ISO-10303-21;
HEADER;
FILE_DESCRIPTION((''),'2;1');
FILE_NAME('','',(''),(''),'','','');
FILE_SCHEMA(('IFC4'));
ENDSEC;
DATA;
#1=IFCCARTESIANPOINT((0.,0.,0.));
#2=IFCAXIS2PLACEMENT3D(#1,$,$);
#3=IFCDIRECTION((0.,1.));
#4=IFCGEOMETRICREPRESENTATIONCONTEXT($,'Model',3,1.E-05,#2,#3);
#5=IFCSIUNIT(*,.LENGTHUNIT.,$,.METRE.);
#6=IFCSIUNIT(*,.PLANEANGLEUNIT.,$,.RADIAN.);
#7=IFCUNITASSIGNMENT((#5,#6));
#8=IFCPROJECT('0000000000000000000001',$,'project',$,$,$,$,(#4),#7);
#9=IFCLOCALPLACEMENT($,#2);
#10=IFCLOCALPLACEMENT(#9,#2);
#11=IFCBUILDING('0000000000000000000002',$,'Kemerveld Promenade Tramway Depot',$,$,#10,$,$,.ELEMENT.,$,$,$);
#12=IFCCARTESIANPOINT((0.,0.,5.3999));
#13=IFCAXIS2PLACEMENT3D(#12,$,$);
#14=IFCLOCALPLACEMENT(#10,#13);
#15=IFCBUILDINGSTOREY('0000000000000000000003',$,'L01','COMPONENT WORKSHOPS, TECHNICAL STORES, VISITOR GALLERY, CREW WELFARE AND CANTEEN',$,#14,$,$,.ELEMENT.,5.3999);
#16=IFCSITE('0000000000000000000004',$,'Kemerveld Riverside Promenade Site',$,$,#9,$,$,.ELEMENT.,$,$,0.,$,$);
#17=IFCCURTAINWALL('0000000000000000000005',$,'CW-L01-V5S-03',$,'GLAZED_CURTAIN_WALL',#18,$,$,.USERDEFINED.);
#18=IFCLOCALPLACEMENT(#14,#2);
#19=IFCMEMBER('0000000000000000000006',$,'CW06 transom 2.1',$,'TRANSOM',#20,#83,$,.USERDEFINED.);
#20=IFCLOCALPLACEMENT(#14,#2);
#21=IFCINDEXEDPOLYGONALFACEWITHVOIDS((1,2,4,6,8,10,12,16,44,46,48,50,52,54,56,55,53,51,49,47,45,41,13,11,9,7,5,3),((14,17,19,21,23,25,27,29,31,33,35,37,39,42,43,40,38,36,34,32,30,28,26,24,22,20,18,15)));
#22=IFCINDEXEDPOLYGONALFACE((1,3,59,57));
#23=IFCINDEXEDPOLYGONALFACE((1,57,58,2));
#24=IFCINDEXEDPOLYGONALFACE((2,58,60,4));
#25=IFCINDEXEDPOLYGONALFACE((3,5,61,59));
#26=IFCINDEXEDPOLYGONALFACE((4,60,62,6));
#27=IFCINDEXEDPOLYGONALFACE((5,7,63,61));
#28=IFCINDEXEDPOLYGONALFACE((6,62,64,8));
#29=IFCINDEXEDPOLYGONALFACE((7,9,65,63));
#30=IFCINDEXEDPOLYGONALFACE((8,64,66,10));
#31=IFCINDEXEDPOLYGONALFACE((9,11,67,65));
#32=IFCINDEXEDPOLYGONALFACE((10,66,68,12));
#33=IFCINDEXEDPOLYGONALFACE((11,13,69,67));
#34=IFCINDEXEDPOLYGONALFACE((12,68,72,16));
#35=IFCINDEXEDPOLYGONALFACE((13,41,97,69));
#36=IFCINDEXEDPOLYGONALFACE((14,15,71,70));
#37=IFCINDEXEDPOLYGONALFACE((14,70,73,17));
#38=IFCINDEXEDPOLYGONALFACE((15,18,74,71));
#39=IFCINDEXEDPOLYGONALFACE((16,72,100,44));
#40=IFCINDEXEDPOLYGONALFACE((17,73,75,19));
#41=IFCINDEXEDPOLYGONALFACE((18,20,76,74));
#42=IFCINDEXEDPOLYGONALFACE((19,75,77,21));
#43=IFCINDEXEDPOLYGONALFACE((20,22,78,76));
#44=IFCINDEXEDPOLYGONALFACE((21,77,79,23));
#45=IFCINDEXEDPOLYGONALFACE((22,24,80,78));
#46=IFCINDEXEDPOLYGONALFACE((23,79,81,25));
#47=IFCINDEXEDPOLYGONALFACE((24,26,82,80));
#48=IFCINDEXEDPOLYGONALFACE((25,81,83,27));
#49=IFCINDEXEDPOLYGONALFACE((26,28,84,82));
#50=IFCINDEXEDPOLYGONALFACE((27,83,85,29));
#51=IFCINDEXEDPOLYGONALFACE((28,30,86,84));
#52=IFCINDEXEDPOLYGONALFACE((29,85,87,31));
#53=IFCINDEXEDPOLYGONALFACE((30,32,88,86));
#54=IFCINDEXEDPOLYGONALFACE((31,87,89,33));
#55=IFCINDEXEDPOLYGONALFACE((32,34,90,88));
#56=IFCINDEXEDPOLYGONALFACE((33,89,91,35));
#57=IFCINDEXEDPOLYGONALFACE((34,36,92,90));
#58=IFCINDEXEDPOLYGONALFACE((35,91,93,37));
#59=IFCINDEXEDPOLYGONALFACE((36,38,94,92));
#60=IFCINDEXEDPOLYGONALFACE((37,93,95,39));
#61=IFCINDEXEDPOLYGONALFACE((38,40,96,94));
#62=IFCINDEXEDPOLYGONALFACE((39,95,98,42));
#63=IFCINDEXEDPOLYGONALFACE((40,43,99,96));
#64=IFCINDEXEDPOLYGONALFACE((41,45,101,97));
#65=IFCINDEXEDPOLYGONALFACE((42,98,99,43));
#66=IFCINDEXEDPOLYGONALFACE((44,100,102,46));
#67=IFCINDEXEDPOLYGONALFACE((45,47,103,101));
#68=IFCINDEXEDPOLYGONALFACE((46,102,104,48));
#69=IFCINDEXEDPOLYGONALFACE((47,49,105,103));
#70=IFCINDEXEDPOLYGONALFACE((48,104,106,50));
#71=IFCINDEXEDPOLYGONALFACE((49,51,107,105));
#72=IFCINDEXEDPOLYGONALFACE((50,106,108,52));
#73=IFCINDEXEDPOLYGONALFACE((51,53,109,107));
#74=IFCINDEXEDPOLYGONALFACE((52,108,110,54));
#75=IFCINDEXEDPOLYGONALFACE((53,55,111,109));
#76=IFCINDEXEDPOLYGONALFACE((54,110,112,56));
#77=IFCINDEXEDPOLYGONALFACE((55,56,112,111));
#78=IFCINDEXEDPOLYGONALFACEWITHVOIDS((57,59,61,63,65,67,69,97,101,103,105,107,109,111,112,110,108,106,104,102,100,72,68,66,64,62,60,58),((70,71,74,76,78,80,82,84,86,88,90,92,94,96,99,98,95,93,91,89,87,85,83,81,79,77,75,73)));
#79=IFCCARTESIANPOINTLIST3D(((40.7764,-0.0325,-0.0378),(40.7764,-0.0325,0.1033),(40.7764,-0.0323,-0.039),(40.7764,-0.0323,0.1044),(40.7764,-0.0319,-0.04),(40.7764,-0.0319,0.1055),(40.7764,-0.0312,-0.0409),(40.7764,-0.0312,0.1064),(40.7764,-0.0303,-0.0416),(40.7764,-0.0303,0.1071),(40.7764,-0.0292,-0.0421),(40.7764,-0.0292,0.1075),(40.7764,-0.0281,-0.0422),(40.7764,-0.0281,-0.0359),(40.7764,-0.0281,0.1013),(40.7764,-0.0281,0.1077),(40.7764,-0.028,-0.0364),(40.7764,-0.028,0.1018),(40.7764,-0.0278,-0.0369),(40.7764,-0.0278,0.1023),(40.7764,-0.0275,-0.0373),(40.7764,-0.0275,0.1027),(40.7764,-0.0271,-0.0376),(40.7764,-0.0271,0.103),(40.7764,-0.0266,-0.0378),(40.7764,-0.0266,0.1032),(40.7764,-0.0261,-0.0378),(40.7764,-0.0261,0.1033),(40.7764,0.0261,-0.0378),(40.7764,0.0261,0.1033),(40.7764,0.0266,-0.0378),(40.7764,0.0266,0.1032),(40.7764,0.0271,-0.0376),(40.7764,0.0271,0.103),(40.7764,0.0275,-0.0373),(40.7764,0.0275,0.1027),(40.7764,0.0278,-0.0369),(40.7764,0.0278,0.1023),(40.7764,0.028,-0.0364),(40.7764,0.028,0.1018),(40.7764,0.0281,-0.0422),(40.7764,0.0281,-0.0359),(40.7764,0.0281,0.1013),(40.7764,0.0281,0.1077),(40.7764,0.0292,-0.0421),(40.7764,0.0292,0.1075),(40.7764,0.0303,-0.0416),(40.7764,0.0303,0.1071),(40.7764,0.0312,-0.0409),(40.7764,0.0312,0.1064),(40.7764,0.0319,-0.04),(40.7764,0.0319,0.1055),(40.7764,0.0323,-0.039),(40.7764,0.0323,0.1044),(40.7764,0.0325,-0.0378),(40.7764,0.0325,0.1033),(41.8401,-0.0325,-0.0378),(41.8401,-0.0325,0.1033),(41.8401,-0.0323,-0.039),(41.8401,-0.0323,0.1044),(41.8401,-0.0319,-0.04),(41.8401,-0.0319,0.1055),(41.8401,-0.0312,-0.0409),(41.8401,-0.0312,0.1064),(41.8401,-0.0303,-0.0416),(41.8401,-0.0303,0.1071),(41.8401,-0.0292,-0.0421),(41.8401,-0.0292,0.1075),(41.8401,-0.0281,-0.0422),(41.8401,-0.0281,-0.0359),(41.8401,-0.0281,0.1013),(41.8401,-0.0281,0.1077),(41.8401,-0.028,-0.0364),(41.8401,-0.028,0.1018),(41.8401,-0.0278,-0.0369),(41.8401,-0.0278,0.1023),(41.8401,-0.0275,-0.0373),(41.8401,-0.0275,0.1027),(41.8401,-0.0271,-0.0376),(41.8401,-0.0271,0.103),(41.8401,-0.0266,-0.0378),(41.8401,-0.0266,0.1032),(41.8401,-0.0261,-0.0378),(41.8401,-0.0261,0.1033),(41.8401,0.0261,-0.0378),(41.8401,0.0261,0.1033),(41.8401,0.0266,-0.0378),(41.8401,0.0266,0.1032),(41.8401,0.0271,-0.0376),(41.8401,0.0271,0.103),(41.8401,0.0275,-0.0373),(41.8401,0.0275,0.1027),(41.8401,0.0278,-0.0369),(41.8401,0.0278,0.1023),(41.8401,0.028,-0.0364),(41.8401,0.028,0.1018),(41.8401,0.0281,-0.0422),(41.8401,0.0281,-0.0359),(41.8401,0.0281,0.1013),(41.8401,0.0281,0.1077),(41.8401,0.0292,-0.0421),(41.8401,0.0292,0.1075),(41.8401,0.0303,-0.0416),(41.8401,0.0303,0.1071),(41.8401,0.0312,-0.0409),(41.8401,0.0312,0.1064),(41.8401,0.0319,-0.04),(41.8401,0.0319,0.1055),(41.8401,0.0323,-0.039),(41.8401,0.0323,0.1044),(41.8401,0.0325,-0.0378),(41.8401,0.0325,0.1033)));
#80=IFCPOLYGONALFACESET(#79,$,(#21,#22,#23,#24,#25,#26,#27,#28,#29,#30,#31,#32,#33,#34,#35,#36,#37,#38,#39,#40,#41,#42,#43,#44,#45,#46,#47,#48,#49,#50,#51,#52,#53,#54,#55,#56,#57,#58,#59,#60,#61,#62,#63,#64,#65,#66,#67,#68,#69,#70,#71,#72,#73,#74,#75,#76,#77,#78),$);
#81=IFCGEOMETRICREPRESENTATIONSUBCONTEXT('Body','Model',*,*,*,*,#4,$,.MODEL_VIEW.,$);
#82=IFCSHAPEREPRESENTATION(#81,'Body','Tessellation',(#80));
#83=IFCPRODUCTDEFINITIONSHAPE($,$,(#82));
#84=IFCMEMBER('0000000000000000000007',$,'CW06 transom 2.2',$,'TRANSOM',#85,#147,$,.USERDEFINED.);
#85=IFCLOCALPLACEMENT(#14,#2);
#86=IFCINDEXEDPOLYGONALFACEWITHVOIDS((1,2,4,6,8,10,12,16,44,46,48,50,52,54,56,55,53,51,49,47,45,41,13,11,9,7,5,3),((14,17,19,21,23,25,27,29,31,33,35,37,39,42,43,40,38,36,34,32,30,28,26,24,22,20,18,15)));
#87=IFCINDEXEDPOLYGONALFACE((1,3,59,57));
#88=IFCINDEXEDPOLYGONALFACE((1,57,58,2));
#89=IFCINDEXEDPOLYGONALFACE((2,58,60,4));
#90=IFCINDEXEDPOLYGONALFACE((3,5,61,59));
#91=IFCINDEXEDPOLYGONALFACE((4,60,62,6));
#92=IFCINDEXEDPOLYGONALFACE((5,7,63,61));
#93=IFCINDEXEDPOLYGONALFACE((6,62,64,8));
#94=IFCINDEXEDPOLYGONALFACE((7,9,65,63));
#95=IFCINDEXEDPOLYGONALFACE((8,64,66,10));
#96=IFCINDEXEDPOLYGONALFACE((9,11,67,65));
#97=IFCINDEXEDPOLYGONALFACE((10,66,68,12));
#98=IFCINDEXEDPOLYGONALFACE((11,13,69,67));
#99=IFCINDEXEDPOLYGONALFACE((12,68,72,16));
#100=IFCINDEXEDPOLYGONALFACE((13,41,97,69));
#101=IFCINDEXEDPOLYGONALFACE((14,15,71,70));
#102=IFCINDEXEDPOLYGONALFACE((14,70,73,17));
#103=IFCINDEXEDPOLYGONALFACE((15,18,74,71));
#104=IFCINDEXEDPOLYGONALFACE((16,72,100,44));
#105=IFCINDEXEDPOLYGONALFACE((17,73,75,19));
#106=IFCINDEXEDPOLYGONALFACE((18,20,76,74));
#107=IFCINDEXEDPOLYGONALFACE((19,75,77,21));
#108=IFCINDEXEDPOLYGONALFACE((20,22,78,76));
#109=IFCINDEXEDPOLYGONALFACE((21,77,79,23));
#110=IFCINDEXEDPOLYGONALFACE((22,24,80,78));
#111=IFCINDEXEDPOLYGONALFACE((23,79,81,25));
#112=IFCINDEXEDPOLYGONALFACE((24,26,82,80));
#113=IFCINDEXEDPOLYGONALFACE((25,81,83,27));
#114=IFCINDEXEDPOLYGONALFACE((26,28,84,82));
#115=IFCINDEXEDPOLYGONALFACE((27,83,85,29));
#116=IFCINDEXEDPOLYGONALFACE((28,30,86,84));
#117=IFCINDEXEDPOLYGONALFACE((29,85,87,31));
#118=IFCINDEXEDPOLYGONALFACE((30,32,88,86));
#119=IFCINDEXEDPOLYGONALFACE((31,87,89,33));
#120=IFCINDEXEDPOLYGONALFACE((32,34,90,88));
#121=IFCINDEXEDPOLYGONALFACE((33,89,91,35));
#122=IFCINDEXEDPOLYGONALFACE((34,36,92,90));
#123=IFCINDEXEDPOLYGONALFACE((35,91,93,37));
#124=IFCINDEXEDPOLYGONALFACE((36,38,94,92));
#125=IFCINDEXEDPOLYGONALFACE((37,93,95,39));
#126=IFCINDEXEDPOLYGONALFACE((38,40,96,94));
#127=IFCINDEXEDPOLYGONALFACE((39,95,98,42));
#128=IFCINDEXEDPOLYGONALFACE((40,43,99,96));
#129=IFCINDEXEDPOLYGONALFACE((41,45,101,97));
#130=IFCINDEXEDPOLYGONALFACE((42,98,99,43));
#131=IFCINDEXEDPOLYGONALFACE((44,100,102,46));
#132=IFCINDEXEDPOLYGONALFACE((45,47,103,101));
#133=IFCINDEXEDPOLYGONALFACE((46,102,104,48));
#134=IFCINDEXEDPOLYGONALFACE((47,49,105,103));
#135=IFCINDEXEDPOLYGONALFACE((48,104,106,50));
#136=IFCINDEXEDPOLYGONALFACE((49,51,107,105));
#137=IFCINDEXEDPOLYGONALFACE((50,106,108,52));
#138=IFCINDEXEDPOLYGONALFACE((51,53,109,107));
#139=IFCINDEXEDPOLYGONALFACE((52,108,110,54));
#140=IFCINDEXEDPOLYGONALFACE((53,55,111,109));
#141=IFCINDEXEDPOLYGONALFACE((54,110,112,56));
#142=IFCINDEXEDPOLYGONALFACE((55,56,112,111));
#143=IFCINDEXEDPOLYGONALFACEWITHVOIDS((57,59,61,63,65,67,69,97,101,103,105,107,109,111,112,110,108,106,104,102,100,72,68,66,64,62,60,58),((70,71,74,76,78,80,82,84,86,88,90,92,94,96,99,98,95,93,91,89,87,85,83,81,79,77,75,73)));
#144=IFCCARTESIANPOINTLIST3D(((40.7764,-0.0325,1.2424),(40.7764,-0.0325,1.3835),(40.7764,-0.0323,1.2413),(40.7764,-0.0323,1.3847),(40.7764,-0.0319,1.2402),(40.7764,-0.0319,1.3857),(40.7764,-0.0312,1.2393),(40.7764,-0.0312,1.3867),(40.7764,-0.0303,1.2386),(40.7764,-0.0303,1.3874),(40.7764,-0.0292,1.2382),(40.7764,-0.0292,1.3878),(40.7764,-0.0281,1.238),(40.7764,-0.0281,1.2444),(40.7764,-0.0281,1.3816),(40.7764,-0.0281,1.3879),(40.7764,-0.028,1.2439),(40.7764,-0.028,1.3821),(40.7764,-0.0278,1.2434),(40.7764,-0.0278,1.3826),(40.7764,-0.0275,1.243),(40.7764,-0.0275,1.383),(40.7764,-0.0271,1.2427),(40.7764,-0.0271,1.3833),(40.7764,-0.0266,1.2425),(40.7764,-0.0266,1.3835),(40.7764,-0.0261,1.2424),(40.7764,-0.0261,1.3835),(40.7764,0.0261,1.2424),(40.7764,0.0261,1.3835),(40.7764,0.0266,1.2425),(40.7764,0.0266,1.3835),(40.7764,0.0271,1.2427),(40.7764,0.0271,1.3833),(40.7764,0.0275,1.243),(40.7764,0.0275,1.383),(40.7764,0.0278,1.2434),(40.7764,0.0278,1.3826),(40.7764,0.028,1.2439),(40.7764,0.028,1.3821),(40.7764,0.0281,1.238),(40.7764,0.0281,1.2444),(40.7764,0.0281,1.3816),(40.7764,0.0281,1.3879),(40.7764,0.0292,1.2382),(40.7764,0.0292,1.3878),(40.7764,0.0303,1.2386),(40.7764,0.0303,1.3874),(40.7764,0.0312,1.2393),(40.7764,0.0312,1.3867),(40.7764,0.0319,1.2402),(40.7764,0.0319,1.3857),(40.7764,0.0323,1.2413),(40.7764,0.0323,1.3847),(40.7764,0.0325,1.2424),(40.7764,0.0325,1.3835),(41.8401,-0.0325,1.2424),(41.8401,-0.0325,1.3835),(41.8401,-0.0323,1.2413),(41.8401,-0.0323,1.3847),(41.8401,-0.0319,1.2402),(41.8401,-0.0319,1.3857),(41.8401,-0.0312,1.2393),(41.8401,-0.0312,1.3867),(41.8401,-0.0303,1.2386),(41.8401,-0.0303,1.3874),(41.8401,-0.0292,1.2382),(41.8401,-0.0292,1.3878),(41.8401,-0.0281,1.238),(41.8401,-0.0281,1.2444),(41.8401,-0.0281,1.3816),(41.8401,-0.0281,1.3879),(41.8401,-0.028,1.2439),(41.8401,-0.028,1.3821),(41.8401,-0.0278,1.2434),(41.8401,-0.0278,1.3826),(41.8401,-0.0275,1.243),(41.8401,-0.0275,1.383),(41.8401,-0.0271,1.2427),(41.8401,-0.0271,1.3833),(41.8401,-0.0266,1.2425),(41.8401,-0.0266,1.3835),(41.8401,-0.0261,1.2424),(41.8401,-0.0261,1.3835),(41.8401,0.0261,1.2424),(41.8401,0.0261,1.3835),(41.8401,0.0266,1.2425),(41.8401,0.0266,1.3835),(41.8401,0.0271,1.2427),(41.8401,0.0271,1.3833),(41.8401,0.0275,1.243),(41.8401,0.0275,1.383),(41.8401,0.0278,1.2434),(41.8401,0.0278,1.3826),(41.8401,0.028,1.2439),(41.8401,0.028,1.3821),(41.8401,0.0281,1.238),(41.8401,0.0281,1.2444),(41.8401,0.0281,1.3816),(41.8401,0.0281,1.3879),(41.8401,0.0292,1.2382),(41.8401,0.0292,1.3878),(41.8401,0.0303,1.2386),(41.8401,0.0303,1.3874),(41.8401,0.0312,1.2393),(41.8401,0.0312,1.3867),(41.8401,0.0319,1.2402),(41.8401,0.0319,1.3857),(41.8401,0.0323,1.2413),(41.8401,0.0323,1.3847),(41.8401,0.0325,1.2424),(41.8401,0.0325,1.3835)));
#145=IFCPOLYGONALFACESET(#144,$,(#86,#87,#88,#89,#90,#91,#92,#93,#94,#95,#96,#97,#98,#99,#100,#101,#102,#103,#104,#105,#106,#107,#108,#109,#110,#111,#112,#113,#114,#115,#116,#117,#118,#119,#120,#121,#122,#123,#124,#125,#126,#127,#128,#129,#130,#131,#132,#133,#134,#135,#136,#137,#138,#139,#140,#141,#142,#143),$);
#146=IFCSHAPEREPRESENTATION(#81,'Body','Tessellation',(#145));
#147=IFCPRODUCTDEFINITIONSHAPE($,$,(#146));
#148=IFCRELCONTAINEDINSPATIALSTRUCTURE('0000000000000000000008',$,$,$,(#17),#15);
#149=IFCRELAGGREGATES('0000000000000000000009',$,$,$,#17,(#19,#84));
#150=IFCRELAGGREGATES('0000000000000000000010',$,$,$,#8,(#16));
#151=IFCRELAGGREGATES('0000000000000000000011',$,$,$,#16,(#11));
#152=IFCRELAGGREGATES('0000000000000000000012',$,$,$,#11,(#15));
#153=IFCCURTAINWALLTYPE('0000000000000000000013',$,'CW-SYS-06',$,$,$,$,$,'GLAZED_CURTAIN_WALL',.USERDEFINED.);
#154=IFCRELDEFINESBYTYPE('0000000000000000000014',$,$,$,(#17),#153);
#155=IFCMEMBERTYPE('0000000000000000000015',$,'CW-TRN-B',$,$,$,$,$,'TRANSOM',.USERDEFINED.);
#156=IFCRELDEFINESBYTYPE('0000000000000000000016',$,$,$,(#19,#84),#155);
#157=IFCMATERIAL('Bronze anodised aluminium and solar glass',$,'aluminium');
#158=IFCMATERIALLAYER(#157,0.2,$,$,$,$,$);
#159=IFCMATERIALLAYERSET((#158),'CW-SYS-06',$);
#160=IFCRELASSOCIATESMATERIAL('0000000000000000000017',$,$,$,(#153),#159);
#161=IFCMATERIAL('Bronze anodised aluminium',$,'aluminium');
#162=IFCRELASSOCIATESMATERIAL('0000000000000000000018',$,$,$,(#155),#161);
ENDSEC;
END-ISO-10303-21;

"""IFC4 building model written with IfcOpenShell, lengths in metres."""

from ifc_helpers import new_model, si_unit, direction, frame, origin, origin_2d, place, context, subcontext, project, spatial, hollow_rectangle, extrude, material, layer, layer_set, material_profile, profile_set, type_object, element, aggregate, save


model = new_model("IFC4")

# Units and contexts
model_context = context("Model", 3, precision=1e-05, world=origin(), true_north=direction((0.0, 1.0)))
body_context = subcontext(model_context, "Body", "Model", "MODEL_VIEW")
ifc_project = project(units=[si_unit("LENGTHUNIT", "METRE"), si_unit("PLANEANGLEUNIT", "RADIAN")], contexts=[model_context])

# Site, building, storey
site_placement = place(None, origin())
site = spatial("IfcSite", under=ifc_project, at=site_placement, Name="Kemerveld Riverside Promenade Site", CompositionType="ELEMENT", RefElevation=0.0)
building_placement = place(site_placement, origin())
building = spatial("IfcBuilding", under=site, at=building_placement, Name="Kemerveld Promenade Tramway Depot", CompositionType="ELEMENT")
storey_placement = place(building_placement, frame((0.0, 0.0, 5.3999)))
storey = spatial("IfcBuildingStorey", under=building, at=storey_placement, Name="L01", Description="COMPONENT WORKSHOPS, TECHNICAL STORES, VISITOR GALLERY, CREW WELFARE AND CANTEEN", CompositionType="ELEMENT", Elevation=5.3999)

# Curtain wall, members
ifc_material_1 = material(Name="Bronze anodised aluminium and solar glass", Category="aluminium")
ifc_layer_1 = layer(ifc_material_1, 0.2)
ifc_layer_set_1 = layer_set([ifc_layer_1], Name="CW-SYS-06")
curtain_wall_type = type_object("IfcCurtainWallType", Name="CW-SYS-06", ElementType="GLAZED_CURTAIN_WALL", PredefinedType="USERDEFINED", material=ifc_layer_set_1)
curtain_wall_placement = place(storey_placement, origin())
curtain_wall = element("IfcCurtainWall", 1, at=curtain_wall_placement, inside=storey, type_object=curtain_wall_type, Name="CW-L01-V5S-03", ObjectType="GLAZED_CURTAIN_WALL", PredefinedType="USERDEFINED")
ifc_material_2 = material(Name="Bronze anodised aluminium", Category="aluminium")
ifc_material_profile_1 = material_profile(ifc_material_2, hollow_rectangle(XDim=0.0649, YDim=0.1499, WallThickness=0.0044, InnerFilletRadius=0.002, OuterFilletRadius=0.0044, at=origin_2d()), Name="CW-TRN-150x65")
ifc_profile_set_1 = profile_set([ifc_material_profile_1], Name="Bronze anodised aluminium")
member_type_1 = type_object("IfcMemberType", Name="CW-TRN-B", ElementType="TRANSOM", PredefinedType="USERDEFINED", material=ifc_profile_set_1)
member_1_placement = place(storey_placement, frame((41.8401, 0.0, 0.0327), z_axis=(-1.0, 0.0, 0.0), x_axis=(0.0, -1.0, 0.0)))
member_1 = element("IfcMember", 2, at=member_1_placement, type_object=member_type_1, Name="CW06 transom 2.1", ObjectType="TRANSOM", PredefinedType="USERDEFINED", context=body_context, shape_type="SweptSolid", body=[
    extrude(hollow_rectangle(XDim=0.0649, YDim=0.1499, WallThickness=0.0044, InnerFilletRadius=0.002, OuterFilletRadius=0.0044, at=origin_2d()), origin(), (0.0, 0.0, 1.0), 1.0637),
])
member_2_placement = place(storey_placement, frame((41.8401, 0.0, 1.313), z_axis=(-1.0, 0.0, 0.0), x_axis=(0.0, -1.0, 0.0)))
member_2 = element("IfcMember", 3, at=member_2_placement, type_object=member_type_1, Name="CW06 transom 2.2", ObjectType="TRANSOM", PredefinedType="USERDEFINED", context=body_context, shape_type="SweptSolid", body=[
    extrude(hollow_rectangle(XDim=0.0649, YDim=0.1499, WallThickness=0.0044, InnerFilletRadius=0.002, OuterFilletRadius=0.0044, at=origin_2d()), origin(), (0.0, 0.0, 1.0), 1.0637),
])
aggregate(curtain_wall, [member_1, member_2])

save(model, "model.ifc")
